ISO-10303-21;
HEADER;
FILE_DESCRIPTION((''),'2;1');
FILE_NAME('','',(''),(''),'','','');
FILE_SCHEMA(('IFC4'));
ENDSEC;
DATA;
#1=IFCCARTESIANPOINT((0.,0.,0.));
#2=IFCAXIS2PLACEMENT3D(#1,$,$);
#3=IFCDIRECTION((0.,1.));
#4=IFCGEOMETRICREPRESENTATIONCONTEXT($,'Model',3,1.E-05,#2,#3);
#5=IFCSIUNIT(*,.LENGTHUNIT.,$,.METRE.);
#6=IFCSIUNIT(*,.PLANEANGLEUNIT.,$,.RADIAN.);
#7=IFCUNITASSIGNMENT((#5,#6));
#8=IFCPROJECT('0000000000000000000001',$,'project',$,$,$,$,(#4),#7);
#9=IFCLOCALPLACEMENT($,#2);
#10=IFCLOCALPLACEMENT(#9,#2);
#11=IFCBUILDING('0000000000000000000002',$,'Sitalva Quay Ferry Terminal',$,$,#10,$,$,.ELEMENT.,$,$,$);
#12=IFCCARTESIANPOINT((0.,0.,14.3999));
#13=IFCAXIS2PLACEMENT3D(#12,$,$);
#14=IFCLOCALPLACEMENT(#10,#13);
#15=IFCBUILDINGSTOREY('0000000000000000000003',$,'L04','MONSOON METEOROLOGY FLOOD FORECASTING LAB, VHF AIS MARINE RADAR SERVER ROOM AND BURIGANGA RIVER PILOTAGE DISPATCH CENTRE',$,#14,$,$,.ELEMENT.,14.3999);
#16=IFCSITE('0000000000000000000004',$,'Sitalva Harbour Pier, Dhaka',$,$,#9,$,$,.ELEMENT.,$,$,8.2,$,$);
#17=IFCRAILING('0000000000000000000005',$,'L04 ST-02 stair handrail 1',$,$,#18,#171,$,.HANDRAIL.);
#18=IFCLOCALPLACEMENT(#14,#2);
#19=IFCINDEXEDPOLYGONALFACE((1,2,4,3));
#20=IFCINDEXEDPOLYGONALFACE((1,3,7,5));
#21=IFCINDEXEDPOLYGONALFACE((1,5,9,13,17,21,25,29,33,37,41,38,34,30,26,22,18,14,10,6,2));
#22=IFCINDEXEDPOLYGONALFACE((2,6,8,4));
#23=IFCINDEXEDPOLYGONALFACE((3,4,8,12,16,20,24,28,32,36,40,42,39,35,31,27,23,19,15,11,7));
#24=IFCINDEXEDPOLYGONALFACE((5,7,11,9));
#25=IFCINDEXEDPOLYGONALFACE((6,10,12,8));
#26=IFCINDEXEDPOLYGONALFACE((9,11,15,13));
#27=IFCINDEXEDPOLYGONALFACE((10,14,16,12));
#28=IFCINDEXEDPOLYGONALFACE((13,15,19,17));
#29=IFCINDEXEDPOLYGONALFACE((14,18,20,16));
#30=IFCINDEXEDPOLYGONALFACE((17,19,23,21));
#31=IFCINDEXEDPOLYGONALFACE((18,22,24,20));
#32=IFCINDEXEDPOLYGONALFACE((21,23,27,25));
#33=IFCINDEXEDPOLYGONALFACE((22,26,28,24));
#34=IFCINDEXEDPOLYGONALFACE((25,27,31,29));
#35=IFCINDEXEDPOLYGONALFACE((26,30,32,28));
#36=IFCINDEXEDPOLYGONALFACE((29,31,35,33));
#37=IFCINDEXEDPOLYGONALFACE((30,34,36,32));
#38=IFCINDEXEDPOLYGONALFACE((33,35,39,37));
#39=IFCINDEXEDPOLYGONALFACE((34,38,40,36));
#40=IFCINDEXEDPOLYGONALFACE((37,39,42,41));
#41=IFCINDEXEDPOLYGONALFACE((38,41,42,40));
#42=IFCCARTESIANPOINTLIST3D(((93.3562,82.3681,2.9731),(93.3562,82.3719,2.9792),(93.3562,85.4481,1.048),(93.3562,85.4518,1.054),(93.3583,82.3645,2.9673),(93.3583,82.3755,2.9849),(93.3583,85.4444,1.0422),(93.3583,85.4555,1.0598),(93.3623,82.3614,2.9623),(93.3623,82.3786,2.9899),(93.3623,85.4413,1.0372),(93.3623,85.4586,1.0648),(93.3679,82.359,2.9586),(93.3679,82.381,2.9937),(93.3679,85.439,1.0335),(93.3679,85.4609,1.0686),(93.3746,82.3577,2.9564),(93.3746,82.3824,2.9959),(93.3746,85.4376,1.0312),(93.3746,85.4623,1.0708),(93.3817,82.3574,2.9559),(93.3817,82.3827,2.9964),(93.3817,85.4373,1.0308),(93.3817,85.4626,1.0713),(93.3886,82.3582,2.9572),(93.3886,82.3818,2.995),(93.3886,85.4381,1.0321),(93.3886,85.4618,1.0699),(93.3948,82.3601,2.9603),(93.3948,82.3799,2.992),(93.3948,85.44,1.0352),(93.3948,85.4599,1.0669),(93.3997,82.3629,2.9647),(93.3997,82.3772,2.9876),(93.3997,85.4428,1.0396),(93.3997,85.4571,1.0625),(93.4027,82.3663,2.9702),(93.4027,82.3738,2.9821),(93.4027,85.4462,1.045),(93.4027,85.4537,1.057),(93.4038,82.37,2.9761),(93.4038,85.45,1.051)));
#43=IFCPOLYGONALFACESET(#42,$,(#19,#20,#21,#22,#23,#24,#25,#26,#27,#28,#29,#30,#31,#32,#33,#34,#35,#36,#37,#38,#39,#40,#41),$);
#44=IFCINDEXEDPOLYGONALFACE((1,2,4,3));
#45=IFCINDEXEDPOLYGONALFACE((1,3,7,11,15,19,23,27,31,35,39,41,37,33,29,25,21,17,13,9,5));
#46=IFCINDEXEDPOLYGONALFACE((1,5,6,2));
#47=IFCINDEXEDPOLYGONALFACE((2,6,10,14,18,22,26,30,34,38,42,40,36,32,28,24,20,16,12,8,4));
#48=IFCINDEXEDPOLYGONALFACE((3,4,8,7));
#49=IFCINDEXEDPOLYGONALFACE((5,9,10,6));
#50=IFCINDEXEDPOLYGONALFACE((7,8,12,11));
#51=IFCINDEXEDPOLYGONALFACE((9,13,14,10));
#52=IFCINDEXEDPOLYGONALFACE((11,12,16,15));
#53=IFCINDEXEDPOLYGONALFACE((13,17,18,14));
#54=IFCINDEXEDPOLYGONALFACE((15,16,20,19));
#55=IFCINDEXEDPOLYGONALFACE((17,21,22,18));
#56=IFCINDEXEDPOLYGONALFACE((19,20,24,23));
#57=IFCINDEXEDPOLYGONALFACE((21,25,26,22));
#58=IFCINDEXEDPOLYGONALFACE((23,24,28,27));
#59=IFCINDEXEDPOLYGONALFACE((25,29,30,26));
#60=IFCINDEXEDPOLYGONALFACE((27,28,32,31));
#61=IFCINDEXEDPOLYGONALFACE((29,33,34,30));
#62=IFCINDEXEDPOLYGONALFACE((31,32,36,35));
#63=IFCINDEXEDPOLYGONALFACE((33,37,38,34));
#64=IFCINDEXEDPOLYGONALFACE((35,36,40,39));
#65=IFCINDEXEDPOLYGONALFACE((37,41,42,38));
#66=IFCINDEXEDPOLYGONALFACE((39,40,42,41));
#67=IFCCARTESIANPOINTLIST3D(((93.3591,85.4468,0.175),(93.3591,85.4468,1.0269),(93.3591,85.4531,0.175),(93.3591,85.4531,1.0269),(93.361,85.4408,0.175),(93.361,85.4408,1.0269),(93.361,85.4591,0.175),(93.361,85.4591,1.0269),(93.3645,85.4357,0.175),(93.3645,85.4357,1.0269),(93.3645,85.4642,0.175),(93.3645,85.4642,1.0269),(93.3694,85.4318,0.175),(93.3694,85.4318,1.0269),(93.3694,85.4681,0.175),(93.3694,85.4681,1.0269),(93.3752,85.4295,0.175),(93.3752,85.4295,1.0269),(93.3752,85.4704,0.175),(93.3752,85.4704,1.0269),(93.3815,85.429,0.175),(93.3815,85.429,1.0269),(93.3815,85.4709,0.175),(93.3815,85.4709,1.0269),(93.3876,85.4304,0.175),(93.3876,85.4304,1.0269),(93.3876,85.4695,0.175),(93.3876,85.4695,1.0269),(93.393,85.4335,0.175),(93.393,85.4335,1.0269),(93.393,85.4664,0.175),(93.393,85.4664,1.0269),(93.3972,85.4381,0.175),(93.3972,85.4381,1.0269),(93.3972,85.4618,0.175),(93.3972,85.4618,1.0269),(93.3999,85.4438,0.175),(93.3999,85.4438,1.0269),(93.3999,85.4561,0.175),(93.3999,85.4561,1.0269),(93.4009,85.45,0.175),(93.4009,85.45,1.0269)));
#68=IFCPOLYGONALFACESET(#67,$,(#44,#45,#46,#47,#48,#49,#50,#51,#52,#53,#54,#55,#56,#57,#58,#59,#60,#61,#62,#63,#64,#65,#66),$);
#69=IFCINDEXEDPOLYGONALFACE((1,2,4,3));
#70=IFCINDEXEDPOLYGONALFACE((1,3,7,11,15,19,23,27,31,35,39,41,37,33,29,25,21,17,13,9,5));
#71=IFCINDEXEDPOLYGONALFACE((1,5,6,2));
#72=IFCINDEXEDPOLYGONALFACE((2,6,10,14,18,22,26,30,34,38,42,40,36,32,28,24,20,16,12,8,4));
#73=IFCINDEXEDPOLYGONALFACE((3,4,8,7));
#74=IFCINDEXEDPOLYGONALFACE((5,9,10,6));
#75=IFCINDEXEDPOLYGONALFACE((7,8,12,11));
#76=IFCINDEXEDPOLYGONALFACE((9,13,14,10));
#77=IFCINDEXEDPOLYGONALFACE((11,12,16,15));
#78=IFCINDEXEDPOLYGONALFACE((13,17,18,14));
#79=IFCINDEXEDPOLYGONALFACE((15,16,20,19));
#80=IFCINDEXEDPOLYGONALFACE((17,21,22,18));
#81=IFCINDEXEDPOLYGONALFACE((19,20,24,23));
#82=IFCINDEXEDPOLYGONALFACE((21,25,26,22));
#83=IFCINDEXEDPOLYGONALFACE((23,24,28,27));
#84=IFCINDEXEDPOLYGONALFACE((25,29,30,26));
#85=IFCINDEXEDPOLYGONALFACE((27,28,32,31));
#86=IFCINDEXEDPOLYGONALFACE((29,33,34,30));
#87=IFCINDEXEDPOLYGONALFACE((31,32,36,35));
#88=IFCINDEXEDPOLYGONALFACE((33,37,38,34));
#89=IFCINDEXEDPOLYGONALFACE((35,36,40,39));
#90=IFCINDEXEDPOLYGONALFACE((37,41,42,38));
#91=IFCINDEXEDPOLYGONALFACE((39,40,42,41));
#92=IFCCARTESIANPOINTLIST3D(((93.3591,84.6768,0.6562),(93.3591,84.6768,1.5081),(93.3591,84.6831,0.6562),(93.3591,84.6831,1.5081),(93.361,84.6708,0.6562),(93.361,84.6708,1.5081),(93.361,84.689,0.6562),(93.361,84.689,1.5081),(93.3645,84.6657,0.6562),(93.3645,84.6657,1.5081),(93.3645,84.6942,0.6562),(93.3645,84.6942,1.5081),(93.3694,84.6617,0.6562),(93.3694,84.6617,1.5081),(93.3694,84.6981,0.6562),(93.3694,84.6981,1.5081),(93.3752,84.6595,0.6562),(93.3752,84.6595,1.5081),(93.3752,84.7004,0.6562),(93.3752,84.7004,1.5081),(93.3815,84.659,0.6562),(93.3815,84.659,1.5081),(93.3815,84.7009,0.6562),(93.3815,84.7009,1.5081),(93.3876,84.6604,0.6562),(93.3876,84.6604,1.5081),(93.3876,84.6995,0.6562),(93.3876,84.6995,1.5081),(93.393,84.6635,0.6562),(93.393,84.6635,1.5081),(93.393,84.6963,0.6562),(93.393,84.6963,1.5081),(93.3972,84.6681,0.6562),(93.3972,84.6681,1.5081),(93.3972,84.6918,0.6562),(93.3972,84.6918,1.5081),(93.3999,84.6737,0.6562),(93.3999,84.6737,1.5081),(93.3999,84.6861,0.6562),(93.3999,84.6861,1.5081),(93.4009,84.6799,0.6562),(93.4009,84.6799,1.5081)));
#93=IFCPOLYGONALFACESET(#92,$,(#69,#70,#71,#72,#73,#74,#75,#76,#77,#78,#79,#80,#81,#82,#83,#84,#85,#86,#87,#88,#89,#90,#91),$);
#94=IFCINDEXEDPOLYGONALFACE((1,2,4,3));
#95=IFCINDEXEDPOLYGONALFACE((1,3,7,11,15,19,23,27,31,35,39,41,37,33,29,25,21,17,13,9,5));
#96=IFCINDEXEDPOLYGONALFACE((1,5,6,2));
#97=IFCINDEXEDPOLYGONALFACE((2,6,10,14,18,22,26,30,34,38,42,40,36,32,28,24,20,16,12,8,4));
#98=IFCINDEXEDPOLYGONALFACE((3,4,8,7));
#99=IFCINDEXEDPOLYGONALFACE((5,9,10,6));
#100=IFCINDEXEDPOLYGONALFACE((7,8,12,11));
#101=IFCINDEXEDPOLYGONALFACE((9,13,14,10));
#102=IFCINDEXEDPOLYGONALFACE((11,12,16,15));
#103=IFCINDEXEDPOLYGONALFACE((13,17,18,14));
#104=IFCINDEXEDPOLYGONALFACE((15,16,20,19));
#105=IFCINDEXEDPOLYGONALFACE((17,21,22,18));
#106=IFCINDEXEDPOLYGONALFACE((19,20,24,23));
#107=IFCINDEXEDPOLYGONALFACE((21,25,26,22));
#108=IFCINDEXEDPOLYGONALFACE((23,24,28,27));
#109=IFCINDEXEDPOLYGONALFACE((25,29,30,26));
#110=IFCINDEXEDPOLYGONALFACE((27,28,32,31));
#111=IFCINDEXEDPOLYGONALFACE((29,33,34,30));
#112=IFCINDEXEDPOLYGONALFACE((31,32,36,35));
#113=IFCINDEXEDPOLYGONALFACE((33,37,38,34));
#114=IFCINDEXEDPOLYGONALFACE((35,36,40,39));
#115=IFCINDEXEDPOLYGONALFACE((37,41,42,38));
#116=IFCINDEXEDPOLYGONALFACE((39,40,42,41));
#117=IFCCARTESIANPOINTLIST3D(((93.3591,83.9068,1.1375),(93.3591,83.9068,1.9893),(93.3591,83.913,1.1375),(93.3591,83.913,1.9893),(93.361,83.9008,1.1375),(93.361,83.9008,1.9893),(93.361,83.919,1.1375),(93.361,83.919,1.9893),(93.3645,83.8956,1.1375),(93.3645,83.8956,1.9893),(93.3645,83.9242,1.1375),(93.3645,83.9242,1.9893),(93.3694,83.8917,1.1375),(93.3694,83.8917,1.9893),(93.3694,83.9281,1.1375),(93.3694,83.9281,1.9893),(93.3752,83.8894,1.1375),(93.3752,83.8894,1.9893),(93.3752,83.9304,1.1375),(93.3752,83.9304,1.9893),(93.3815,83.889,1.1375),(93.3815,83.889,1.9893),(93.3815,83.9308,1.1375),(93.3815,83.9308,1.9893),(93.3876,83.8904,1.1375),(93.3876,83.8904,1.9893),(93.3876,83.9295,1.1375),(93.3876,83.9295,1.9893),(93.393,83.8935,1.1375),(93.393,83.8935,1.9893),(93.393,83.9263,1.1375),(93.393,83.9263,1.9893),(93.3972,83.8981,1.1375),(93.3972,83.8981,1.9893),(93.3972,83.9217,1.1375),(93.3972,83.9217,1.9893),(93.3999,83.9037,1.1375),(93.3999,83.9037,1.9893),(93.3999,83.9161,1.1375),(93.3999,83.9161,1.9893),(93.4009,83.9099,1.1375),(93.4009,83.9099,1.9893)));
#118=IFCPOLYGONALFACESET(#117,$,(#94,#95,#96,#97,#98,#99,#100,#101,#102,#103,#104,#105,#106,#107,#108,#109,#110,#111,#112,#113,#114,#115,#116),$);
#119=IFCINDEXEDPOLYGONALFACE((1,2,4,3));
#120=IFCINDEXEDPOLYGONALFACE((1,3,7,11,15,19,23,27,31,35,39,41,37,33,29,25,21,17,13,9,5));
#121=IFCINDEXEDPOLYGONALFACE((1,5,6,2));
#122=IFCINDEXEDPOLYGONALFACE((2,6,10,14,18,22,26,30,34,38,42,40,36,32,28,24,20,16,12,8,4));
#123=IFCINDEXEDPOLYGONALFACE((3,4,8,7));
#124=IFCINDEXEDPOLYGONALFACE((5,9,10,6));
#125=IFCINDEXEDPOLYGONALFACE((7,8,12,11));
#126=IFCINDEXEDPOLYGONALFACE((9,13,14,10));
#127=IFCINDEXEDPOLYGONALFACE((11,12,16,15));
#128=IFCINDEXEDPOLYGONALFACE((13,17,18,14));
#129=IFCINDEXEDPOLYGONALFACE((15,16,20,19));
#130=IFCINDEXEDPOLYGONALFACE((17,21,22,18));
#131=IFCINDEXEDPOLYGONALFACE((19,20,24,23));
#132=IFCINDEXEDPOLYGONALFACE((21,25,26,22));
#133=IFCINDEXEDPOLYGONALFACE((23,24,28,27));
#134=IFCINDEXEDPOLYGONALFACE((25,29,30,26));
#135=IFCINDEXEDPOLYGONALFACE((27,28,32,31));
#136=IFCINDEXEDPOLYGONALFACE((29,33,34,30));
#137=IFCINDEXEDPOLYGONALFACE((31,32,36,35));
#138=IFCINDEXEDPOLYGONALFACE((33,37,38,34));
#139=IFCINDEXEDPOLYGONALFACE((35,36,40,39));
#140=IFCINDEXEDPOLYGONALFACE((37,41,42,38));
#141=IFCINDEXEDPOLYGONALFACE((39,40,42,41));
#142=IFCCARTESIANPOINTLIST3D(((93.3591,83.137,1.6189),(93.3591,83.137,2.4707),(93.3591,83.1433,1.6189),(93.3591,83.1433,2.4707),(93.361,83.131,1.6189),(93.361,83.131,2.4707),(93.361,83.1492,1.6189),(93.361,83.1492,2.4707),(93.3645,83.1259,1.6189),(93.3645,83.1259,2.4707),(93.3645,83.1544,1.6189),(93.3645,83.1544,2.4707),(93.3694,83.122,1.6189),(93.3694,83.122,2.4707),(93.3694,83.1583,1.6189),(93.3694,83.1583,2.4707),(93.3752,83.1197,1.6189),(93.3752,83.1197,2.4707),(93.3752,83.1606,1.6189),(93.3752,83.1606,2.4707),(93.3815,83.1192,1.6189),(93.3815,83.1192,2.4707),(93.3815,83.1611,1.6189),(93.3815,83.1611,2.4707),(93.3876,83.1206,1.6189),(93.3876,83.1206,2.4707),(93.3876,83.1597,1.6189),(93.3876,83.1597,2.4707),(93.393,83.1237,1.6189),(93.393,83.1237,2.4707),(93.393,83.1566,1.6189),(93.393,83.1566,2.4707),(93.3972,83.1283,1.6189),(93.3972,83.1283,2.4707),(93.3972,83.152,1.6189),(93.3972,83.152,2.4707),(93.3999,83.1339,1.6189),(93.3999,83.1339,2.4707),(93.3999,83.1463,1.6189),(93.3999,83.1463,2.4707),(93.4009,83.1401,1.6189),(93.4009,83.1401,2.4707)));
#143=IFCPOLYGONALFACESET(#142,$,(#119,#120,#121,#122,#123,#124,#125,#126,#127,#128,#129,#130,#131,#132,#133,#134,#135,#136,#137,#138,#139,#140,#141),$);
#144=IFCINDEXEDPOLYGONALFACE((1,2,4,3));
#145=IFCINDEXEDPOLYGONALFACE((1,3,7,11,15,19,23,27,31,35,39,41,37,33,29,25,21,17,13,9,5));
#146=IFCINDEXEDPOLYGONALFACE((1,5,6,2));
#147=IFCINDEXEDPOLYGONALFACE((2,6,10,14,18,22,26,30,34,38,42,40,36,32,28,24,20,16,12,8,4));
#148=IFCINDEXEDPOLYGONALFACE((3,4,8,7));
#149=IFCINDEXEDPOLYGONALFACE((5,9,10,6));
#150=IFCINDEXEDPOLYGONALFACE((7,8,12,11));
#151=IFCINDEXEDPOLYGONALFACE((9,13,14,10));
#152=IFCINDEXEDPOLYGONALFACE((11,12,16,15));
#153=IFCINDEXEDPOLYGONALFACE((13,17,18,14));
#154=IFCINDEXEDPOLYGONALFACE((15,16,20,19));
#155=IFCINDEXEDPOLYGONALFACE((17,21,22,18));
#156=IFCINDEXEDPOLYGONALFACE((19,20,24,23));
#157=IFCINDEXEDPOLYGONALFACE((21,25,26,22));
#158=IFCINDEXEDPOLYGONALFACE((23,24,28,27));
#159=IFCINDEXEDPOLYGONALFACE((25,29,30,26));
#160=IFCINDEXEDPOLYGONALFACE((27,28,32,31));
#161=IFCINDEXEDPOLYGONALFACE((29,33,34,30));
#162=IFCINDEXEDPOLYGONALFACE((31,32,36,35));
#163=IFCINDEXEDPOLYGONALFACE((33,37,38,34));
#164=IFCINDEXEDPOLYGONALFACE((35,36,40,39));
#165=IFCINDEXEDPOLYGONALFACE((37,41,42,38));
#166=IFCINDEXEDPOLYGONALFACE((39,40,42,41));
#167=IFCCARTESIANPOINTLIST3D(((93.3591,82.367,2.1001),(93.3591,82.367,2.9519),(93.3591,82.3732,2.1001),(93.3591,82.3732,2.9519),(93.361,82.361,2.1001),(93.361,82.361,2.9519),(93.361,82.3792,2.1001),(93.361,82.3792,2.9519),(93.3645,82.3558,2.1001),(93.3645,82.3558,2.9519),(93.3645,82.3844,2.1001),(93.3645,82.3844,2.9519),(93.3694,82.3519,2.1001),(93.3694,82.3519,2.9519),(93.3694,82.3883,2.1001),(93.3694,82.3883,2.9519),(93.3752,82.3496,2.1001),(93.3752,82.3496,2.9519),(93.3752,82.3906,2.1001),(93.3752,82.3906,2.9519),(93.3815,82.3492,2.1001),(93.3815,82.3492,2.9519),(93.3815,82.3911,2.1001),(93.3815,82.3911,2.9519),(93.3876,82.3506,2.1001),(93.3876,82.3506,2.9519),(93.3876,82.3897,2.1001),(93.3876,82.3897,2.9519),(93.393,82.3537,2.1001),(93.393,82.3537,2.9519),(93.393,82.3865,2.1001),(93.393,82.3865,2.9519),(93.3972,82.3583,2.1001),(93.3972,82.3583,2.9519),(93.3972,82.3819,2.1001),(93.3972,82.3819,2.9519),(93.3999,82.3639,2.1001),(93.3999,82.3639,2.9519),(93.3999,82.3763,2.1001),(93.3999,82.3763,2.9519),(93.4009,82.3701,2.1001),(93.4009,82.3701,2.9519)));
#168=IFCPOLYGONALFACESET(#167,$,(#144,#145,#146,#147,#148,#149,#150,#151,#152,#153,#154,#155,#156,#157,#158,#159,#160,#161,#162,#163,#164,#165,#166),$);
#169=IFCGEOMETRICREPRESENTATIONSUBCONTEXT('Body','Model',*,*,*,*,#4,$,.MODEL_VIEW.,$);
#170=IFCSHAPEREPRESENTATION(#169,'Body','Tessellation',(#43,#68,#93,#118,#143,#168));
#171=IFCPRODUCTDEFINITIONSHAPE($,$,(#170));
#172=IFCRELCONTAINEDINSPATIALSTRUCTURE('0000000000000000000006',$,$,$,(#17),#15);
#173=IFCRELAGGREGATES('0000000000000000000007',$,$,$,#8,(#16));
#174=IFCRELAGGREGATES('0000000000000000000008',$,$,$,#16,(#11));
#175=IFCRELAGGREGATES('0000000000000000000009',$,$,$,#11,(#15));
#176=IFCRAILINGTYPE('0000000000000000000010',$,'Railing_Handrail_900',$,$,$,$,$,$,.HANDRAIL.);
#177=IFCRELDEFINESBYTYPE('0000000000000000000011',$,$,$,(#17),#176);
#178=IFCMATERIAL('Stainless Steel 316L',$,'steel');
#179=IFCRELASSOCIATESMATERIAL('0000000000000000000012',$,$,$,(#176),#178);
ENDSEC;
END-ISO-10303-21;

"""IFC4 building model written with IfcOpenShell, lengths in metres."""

from ifc_helpers import new_model, si_unit, direction, frame, origin, origin_2d, place, context, subcontext, project, spatial, circle, extrude, material, type_object, element, save


model = new_model("IFC4")

# Units and contexts
model_context = context("Model", 3, precision=1e-05, world=origin(), true_north=direction((0.0, 1.0)))
body_context = subcontext(model_context, "Body", "Model", "MODEL_VIEW")
ifc_project = project(units=[si_unit("LENGTHUNIT", "METRE"), si_unit("PLANEANGLEUNIT", "RADIAN")], contexts=[model_context])

# Site, building, storey
site_placement = place(None, origin())
site = spatial("IfcSite", under=ifc_project, at=site_placement, Name="Sitalva Harbour Pier, Dhaka", CompositionType="ELEMENT", RefElevation=8.2)
building_placement = place(site_placement, origin())
building = spatial("IfcBuilding", under=site, at=building_placement, Name="Sitalva Quay Ferry Terminal", CompositionType="ELEMENT")
storey_placement = place(building_placement, frame((0.0, 0.0, 14.3999)))
storey = spatial("IfcBuildingStorey", under=building, at=storey_placement, Name="L04", Description="MONSOON METEOROLOGY FLOOD FORECASTING LAB, VHF AIS MARINE RADAR SERVER ROOM AND BURIGANGA RIVER PILOTAGE DISPATCH CENTRE", CompositionType="ELEMENT", Elevation=14.3999)

# Railing
ifc_material_1 = material(Name="Stainless Steel 316L", Category="steel")
railing_type_1 = type_object("IfcRailingType", Name="Railing_Handrail_900", PredefinedType="HANDRAIL", material=ifc_material_1)
railing_1_placement = place(storey_placement, frame((93.3799, 85.45, 0.175)))
element("IfcRailing", 1, at=railing_1_placement, inside=storey, type_object=railing_type_1, Name="L04 ST-02 stair handrail 1", PredefinedType="HANDRAIL", context=body_context, shape_type="SweptSolid", body=[
    extrude(circle(Radius=0.0239, at=origin_2d()), frame((0.0, 0.0, 0.876), z_axis=(0.0, -0.847979, 0.530029), x_axis=(1.0, 0.0, 0.0)), (0.0, 0.0, 1.0), 3.6321),
    extrude(circle(Radius=0.021, at=origin_2d()), origin(), (0.0, 0.0, 1.0), 0.8518),
    extrude(circle(Radius=0.021, at=origin_2d()), frame((0.0, -0.77, 0.4812)), (0.0, 0.0, 1.0), 0.8518),
    extrude(circle(Radius=0.021, at=origin_2d()), frame((0.0, -1.54, 0.9624)), (0.0, 0.0, 1.0), 0.8518),
    extrude(circle(Radius=0.021, at=origin_2d()), frame((0.0, -2.3098, 1.4438)), (0.0, 0.0, 1.0), 0.8518),
    extrude(circle(Radius=0.021, at=origin_2d()), frame((0.0, -3.0798, 1.925)), (0.0, 0.0, 1.0), 0.8518),
])

save(model, "model.ifc")
